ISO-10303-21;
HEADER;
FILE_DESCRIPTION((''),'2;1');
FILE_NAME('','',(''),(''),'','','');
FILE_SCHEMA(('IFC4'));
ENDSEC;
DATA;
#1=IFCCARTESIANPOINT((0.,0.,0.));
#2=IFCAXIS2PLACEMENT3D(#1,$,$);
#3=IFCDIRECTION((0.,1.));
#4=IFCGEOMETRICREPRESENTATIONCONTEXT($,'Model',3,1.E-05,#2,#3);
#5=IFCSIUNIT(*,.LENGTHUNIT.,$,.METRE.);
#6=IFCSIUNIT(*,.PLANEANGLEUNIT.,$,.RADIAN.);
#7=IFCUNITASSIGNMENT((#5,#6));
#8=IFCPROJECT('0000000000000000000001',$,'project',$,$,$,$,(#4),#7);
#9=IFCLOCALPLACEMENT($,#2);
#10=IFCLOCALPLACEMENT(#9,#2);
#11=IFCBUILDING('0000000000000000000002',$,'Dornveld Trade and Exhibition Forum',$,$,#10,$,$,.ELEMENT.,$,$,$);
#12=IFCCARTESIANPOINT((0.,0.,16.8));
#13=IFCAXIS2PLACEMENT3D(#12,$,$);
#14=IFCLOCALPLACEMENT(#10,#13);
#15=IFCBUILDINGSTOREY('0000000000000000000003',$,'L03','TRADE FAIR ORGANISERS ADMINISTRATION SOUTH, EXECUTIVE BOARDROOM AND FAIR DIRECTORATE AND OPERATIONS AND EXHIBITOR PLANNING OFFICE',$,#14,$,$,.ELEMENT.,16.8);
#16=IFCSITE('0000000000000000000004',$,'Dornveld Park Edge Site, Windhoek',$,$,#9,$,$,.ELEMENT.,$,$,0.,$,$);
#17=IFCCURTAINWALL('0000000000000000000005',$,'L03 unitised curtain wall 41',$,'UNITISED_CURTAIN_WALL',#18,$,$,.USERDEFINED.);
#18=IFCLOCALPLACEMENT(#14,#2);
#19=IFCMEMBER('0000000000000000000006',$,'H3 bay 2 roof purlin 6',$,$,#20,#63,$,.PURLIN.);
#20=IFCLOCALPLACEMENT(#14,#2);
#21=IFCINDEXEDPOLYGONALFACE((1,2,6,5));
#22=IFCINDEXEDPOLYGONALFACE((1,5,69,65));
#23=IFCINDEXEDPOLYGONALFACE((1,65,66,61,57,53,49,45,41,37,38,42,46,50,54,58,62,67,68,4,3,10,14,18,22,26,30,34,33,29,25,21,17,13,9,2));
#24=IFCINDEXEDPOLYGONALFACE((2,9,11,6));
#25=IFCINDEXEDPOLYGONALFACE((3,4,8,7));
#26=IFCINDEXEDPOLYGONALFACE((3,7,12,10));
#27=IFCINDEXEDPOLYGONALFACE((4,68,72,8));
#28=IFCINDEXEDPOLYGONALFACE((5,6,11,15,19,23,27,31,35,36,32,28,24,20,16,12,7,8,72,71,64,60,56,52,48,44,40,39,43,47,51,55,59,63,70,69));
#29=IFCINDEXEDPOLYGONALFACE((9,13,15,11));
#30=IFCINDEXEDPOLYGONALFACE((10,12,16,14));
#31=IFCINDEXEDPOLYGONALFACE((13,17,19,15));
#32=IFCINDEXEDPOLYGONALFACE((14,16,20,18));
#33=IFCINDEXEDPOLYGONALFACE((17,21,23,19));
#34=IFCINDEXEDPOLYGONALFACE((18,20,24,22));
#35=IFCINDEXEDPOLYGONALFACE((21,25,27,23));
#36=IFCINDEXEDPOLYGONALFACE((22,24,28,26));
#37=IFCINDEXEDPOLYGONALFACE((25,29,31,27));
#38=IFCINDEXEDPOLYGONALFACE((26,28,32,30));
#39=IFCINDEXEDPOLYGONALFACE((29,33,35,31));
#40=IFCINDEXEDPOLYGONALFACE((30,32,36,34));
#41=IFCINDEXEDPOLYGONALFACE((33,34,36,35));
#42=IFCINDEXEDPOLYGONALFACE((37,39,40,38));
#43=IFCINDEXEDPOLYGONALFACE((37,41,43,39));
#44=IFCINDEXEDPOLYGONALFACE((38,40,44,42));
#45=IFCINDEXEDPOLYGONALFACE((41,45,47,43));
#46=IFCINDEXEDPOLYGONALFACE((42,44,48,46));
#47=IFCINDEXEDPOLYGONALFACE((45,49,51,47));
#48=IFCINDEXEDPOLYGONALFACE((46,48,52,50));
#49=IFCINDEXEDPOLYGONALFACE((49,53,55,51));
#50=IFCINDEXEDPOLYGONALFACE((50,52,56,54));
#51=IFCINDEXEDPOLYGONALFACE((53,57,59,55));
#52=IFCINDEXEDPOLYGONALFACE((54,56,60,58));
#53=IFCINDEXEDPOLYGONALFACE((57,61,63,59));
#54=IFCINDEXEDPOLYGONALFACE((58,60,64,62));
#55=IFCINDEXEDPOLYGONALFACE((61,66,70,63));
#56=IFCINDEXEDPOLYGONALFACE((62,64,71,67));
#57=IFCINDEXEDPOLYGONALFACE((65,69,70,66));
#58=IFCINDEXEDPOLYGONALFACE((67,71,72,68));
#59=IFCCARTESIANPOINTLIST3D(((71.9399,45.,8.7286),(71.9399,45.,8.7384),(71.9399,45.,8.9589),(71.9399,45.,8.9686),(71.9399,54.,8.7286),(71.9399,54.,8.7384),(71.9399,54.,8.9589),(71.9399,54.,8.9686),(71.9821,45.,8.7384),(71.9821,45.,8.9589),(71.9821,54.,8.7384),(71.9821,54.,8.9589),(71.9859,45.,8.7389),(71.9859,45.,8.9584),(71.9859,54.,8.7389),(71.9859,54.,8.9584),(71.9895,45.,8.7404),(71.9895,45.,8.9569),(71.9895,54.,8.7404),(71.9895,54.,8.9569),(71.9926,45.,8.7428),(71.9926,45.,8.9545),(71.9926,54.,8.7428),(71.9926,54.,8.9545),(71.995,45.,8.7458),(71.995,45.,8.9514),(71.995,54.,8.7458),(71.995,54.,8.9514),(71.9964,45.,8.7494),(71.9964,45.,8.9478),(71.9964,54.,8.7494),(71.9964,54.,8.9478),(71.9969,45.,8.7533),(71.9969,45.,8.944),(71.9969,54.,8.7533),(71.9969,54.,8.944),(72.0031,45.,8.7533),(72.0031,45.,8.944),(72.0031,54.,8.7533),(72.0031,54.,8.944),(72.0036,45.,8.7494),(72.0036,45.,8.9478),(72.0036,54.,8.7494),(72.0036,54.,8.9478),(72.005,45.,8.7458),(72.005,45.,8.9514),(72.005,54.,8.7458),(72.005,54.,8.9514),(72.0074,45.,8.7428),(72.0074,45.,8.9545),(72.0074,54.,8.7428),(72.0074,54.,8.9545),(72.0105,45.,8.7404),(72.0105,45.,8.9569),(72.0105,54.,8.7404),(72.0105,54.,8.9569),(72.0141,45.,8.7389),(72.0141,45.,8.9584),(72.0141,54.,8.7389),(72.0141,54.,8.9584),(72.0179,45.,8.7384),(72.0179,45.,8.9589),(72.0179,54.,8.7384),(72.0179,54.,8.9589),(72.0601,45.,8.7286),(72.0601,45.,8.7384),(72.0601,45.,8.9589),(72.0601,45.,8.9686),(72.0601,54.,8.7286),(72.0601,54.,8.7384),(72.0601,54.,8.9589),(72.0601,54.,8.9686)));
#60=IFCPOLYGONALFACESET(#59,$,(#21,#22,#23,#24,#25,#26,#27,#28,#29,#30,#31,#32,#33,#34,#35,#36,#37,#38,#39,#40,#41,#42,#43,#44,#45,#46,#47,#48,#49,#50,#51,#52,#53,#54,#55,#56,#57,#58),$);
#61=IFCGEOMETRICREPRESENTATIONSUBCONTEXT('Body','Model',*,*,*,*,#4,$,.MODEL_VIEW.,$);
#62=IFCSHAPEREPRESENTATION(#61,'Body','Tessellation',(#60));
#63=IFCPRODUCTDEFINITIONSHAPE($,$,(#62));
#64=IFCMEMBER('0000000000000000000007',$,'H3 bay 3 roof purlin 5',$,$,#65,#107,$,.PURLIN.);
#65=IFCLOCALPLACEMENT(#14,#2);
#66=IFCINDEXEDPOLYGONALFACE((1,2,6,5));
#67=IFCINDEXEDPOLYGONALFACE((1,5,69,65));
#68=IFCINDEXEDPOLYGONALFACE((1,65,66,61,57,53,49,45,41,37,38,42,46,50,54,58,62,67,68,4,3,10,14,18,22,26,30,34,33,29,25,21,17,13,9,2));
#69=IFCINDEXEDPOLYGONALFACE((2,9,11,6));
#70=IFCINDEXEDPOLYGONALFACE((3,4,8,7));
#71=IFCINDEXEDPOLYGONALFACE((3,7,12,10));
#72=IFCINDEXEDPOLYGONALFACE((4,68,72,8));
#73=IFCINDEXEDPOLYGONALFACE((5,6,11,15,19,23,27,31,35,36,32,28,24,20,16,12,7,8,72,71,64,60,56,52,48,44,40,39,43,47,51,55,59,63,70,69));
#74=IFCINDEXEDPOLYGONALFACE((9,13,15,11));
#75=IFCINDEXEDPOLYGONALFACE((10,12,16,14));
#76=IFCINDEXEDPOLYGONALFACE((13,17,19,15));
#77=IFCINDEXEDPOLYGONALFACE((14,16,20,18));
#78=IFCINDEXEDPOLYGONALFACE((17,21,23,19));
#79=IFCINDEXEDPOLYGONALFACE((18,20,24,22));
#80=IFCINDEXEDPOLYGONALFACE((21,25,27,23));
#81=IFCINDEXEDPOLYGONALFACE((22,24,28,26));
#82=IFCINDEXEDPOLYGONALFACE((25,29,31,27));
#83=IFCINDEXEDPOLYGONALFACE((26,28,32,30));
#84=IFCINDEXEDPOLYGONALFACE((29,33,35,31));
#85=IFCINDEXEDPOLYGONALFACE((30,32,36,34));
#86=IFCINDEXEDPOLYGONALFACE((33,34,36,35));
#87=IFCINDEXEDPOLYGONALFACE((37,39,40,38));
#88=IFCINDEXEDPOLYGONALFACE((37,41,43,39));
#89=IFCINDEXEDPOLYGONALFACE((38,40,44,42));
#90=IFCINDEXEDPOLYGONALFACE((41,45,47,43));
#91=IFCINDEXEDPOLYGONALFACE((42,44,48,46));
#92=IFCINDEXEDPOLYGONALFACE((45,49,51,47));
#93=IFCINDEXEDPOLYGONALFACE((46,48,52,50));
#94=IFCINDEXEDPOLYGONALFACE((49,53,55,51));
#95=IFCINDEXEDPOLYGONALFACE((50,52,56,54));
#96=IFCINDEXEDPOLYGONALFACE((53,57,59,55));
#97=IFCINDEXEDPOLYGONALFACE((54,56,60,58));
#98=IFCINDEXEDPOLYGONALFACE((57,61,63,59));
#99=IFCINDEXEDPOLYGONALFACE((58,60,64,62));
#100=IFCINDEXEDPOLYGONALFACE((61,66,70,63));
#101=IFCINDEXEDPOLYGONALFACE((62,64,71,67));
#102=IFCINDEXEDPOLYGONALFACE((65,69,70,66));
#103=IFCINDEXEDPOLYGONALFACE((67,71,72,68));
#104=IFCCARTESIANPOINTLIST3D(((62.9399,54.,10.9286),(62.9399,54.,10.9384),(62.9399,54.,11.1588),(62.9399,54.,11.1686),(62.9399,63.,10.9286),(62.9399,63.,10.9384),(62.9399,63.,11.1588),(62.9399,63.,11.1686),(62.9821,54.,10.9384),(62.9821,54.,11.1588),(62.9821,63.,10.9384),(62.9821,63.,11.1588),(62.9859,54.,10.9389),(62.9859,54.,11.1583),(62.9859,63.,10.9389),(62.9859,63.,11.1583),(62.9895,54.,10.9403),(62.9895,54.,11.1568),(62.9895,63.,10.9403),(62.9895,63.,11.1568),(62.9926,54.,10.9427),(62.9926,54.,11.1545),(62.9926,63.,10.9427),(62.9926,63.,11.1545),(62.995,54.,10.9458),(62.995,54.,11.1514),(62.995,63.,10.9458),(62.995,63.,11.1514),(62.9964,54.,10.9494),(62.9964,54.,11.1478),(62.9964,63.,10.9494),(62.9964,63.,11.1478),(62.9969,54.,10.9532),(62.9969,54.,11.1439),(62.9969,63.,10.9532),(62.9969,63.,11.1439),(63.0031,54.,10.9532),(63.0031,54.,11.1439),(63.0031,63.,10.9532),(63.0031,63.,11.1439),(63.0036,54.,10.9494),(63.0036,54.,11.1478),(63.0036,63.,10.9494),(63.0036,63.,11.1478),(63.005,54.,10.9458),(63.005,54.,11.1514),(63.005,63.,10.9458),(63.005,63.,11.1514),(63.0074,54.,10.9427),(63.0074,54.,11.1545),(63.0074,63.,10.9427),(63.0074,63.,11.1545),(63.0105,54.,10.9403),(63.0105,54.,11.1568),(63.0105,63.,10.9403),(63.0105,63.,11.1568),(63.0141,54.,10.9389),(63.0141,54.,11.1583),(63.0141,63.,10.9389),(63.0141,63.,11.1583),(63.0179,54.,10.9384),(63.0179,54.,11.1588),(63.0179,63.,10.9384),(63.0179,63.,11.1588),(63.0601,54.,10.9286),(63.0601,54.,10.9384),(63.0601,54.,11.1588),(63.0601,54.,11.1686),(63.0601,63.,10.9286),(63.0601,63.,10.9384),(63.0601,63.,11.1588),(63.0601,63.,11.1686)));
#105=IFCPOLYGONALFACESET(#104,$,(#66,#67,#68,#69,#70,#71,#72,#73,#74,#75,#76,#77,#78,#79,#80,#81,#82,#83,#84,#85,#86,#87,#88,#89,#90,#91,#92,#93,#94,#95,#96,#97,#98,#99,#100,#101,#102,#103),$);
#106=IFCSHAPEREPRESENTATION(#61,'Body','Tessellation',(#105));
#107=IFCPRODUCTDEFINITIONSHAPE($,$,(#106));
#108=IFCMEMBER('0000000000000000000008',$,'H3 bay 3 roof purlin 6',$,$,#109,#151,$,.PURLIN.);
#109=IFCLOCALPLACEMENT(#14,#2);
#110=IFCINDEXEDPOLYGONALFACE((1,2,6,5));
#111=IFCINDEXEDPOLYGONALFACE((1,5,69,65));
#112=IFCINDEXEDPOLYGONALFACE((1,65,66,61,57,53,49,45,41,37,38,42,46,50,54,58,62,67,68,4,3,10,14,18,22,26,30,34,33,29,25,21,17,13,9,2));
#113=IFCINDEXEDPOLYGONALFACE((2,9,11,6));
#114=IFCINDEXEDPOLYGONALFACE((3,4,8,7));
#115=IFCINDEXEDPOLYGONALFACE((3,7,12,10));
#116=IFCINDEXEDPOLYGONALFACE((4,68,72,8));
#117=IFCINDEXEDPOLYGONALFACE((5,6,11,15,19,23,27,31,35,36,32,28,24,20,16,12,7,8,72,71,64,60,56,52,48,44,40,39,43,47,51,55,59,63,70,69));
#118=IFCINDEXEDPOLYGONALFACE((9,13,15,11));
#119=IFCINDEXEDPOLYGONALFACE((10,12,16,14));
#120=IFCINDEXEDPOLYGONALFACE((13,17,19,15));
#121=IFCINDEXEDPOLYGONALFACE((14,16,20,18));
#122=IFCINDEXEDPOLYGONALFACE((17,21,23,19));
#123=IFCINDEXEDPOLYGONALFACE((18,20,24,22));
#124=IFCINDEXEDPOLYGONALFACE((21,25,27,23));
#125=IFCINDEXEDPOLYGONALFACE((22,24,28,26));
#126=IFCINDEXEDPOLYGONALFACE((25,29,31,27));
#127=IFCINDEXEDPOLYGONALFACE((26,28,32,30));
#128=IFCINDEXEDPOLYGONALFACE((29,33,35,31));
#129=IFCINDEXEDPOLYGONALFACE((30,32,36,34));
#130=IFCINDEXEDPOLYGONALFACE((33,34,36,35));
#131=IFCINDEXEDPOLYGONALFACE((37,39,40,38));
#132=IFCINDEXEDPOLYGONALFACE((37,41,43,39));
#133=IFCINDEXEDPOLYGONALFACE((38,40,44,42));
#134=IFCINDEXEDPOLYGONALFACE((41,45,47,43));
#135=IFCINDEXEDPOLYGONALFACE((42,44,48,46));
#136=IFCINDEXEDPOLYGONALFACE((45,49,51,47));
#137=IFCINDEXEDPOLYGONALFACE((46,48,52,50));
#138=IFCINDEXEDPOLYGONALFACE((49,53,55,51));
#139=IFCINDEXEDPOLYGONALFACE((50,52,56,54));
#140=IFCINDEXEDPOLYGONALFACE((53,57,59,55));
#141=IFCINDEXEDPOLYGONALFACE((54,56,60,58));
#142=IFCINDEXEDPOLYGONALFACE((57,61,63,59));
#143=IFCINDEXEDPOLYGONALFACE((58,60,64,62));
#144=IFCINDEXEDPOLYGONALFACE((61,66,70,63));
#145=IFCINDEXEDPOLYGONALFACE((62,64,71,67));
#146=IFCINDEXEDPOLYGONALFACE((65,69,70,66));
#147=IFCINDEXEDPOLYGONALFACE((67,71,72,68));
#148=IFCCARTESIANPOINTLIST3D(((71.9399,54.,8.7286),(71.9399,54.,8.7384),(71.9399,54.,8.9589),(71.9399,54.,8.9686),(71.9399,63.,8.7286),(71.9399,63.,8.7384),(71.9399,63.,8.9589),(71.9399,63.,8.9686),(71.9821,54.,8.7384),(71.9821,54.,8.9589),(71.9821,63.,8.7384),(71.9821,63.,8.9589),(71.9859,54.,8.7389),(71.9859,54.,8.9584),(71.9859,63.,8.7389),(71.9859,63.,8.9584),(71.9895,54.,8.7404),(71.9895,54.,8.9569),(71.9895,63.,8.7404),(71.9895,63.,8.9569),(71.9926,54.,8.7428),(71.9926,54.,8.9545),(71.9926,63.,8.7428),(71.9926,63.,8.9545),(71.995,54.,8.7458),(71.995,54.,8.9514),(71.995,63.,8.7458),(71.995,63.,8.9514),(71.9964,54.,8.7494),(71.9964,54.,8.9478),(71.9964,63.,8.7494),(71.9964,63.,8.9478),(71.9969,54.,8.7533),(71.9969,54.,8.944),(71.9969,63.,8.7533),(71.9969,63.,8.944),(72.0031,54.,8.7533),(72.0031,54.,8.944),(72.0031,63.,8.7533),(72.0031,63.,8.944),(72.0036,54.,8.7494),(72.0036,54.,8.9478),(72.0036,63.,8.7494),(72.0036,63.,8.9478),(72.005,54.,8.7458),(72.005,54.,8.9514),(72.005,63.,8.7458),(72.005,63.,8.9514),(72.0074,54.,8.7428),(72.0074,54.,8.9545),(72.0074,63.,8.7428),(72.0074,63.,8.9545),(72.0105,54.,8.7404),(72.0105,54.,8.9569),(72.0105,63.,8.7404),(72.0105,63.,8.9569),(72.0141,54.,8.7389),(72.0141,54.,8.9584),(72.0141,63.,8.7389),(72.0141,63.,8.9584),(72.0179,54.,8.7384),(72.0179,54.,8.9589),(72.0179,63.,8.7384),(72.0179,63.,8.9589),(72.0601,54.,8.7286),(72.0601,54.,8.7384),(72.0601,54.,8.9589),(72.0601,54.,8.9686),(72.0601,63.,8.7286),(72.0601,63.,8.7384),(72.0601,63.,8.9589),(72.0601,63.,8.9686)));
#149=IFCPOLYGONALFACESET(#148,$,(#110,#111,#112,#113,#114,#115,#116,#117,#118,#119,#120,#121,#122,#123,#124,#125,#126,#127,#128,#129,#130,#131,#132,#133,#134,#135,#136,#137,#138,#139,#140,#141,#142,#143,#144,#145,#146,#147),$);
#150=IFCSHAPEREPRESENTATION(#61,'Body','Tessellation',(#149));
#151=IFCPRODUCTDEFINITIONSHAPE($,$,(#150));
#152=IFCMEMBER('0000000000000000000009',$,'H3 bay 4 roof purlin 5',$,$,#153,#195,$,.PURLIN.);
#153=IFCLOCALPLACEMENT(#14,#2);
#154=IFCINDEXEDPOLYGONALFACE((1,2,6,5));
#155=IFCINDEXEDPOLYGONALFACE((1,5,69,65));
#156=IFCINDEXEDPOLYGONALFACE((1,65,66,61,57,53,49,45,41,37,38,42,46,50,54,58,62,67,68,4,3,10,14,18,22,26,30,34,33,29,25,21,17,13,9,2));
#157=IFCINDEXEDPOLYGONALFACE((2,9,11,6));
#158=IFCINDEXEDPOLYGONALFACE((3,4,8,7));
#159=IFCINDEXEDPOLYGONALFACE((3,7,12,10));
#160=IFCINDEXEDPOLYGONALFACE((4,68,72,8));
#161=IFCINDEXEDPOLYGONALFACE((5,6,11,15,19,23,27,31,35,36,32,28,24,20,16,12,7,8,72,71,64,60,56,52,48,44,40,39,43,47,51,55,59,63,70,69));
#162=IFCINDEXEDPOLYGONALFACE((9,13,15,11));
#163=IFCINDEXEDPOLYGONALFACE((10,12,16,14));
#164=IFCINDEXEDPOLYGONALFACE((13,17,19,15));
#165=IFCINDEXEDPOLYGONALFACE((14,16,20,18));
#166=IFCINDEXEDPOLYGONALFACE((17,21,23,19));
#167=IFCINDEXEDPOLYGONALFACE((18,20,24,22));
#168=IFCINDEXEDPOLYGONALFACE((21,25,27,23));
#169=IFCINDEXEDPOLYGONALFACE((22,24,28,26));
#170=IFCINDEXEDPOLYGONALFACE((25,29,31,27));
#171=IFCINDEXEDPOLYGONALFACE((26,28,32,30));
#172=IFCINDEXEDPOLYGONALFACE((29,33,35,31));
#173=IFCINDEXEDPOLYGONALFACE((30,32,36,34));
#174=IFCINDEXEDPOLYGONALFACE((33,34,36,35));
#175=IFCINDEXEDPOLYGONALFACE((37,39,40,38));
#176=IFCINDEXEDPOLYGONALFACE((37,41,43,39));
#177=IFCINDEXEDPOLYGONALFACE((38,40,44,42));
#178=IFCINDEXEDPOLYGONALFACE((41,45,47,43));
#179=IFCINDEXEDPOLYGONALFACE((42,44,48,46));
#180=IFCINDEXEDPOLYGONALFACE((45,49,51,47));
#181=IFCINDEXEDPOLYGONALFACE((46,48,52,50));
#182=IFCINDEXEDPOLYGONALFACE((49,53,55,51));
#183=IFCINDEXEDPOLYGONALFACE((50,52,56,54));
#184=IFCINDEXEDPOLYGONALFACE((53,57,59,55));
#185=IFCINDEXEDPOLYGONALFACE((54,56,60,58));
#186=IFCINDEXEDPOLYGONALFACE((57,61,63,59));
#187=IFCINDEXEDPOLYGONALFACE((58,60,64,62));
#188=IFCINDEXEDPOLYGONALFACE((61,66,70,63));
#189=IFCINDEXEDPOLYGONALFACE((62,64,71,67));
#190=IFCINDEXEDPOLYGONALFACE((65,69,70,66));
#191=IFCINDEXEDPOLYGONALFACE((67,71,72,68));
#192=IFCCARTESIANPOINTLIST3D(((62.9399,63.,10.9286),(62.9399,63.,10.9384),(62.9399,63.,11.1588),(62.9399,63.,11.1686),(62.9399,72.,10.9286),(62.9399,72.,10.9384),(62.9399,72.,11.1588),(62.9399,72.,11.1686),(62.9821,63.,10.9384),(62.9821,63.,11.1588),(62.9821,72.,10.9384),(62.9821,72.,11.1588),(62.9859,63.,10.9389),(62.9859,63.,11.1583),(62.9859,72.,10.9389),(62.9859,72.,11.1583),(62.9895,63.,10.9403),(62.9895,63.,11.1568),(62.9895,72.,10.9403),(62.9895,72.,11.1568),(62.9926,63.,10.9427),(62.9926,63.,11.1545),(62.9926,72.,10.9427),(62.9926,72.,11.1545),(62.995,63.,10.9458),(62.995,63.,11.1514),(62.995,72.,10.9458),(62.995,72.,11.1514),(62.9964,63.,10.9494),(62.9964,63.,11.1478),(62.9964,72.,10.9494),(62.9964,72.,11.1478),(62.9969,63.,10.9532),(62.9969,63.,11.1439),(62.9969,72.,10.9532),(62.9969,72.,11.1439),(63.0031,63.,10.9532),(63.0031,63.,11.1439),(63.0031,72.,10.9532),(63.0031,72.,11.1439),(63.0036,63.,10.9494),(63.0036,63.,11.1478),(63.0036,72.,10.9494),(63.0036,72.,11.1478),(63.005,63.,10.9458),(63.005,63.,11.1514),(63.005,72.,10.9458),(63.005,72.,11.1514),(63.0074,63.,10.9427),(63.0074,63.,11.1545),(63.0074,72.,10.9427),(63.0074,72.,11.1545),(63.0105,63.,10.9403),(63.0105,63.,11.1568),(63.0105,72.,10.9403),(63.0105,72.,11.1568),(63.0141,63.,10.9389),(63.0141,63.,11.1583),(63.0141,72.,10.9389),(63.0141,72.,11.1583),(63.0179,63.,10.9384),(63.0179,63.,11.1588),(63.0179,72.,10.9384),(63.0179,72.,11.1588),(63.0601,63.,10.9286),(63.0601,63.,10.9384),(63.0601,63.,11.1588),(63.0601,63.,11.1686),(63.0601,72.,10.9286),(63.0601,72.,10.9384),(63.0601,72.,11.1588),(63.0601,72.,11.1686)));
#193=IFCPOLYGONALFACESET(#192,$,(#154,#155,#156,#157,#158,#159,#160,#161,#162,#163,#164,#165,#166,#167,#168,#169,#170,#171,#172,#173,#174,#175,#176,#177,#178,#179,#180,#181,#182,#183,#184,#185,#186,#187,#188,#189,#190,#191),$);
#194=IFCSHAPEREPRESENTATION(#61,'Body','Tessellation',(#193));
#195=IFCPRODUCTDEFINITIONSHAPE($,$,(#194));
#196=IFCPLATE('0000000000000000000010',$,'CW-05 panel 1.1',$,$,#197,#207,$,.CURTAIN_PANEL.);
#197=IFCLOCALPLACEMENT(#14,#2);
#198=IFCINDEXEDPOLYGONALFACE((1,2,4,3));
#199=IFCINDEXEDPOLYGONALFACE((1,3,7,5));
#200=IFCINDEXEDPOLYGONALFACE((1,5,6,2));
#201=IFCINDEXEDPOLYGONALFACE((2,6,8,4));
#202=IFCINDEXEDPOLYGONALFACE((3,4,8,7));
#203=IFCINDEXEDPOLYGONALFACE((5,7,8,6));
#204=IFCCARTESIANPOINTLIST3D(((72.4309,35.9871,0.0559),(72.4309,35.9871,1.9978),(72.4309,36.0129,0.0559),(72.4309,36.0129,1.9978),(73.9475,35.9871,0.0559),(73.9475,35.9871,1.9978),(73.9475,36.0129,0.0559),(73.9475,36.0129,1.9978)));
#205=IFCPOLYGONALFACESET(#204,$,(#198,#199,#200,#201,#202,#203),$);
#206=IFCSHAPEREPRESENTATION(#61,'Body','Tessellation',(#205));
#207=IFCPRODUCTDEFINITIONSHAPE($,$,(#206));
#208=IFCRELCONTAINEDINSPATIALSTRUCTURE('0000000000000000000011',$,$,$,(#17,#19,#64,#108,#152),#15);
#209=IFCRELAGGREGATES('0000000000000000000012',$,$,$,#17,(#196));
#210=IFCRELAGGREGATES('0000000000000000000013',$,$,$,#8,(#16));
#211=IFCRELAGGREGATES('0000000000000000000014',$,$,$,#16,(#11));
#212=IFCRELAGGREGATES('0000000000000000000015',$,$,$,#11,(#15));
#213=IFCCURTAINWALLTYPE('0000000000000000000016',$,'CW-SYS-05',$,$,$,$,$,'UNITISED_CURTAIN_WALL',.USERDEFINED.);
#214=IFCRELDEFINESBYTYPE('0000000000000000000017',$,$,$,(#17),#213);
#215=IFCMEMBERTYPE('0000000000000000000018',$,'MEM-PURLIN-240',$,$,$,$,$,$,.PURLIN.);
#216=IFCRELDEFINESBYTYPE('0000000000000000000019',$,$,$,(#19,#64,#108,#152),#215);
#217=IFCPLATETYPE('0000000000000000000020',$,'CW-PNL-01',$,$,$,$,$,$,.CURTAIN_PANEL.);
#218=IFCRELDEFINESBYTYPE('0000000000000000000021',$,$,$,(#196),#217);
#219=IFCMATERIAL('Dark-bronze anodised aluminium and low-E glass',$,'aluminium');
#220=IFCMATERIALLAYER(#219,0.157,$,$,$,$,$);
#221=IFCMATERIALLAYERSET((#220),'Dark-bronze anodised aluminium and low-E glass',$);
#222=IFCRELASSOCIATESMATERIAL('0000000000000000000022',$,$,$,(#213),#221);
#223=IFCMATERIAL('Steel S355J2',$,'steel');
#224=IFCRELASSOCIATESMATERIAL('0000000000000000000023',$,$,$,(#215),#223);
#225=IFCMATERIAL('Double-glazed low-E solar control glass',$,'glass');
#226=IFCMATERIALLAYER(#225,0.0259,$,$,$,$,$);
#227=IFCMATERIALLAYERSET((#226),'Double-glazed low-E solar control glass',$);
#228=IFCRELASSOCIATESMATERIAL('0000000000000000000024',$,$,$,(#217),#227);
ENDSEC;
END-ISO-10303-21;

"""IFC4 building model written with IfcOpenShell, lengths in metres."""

from ifc_helpers import new_model, si_unit, direction, frame, origin, origin_2d, place, context, subcontext, project, spatial, rectangle, i_section, extrude, material, layer, layer_set, material_profile, profile_set, type_object, element, aggregate, save


model = new_model("IFC4")

# Units and contexts
model_context = context("Model", 3, precision=1e-05, world=origin(), true_north=direction((0.0, 1.0)))
body_context = subcontext(model_context, "Body", "Model", "MODEL_VIEW")
ifc_project = project(units=[si_unit("LENGTHUNIT", "METRE"), si_unit("PLANEANGLEUNIT", "RADIAN")], contexts=[model_context])

# Site, building, storey
site_placement = place(None, origin())
site = spatial("IfcSite", under=ifc_project, at=site_placement, Name="Dornveld Park Edge Site, Windhoek", CompositionType="ELEMENT", RefElevation=0.0)
building_placement = place(site_placement, origin())
building = spatial("IfcBuilding", under=site, at=building_placement, Name="Dornveld Trade and Exhibition Forum", CompositionType="ELEMENT")
storey_placement = place(building_placement, frame((0.0, 0.0, 16.8)))
storey = spatial("IfcBuildingStorey", under=building, at=storey_placement, Name="L03", Description="TRADE FAIR ORGANISERS ADMINISTRATION SOUTH, EXECUTIVE BOARDROOM AND FAIR DIRECTORATE AND OPERATIONS AND EXHIBITOR PLANNING OFFICE", CompositionType="ELEMENT", Elevation=16.8)

# Curtain wall
ifc_material_1 = material(Name="Dark-bronze anodised aluminium and low-E glass", Category="aluminium")
ifc_layer_1 = layer(ifc_material_1, 0.157)
ifc_layer_set_1 = layer_set([ifc_layer_1], Name="Dark-bronze anodised aluminium and low-E glass")
curtain_wall_type = type_object("IfcCurtainWallType", Name="CW-SYS-05", ElementType="UNITISED_CURTAIN_WALL", PredefinedType="USERDEFINED", material=ifc_layer_set_1)
curtain_wall_placement = place(storey_placement, origin())
curtain_wall = element("IfcCurtainWall", 1, at=curtain_wall_placement, inside=storey, type_object=curtain_wall_type, Name="L03 unitised curtain wall 41", ObjectType="UNITISED_CURTAIN_WALL", PredefinedType="USERDEFINED")

# Members
ifc_material_2 = material(Name="Steel S355J2", Category="steel")
ifc_material_profile_1 = material_profile(ifc_material_2, i_section(OverallWidth=0.1201, OverallDepth=0.24, WebThickness=0.0061, FlangeThickness=0.0098, FilletRadius=0.0149, at=origin_2d()), Name="IPE 240")
ifc_profile_set_1 = profile_set([ifc_material_profile_1], Name="Steel S355J2")
member_type_1 = type_object("IfcMemberType", Name="MEM-PURLIN-240", PredefinedType="PURLIN", material=ifc_profile_set_1)
for number, where, z_axis, x_axis, name in (
    (2, (72.0, 45.0, 8.8486), (0.0, 1.0, 0.0), (-1.0, 0.0, 0.0), "H3 bay 2 roof purlin 6"),
    (3, (63.0, 54.0, 11.0486), (0.0, 1.0, 0.0), (-1.0, 0.0, 0.0), "H3 bay 3 roof purlin 5"),
    (4, (72.0, 54.0, 8.8486), (0.0, 1.0, 0.0), (-1.0, 0.0, 0.0), "H3 bay 3 roof purlin 6"),
    (5, (63.0, 63.0, 11.0486), (0.0, 1.0, 0.0), (-1.0, 0.0, 0.0), "H3 bay 4 roof purlin 5"),
):
    element("IfcMember", number, at=place(storey_placement, frame(where, z_axis=z_axis, x_axis=x_axis)), inside=storey, type_object=member_type_1, Name=name, PredefinedType="PURLIN", context=body_context, shape_type="SweptSolid", body=[
        extrude(i_section(OverallWidth=0.1201, OverallDepth=0.24, WebThickness=0.0061, FlangeThickness=0.0098, FilletRadius=0.0149, at=origin_2d()), origin(), (0.0, 0.0, 1.0), 9.0),
    ])

# Plate
ifc_material_3 = material(Name="Double-glazed low-E solar control glass", Category="glass")
ifc_layer_2 = layer(ifc_material_3, 0.0259)
ifc_layer_set_2 = layer_set([ifc_layer_2], Name="Double-glazed low-E solar control glass")
plate_type_1 = type_object("IfcPlateType", Name="CW-PNL-01", PredefinedType="CURTAIN_PANEL", material=ifc_layer_set_2)
plate_1_placement = place(storey_placement, frame((73.1892, 36.0, 0.0559), z_axis=(0.0, 0.0, 1.0), x_axis=(1.0, 0.0, 0.0)))
plate_1 = element("IfcPlate", 6, at=plate_1_placement, type_object=plate_type_1, Name="CW-05 panel 1.1", PredefinedType="CURTAIN_PANEL", context=body_context, shape_type="SweptSolid", body=[
    extrude(rectangle(XDim=1.5166, YDim=0.0259, at=origin_2d()), origin(), (0.0, 0.0, 1.0), 1.9419),
])
aggregate(curtain_wall, [plate_1])

save(model, "model.ifc")
